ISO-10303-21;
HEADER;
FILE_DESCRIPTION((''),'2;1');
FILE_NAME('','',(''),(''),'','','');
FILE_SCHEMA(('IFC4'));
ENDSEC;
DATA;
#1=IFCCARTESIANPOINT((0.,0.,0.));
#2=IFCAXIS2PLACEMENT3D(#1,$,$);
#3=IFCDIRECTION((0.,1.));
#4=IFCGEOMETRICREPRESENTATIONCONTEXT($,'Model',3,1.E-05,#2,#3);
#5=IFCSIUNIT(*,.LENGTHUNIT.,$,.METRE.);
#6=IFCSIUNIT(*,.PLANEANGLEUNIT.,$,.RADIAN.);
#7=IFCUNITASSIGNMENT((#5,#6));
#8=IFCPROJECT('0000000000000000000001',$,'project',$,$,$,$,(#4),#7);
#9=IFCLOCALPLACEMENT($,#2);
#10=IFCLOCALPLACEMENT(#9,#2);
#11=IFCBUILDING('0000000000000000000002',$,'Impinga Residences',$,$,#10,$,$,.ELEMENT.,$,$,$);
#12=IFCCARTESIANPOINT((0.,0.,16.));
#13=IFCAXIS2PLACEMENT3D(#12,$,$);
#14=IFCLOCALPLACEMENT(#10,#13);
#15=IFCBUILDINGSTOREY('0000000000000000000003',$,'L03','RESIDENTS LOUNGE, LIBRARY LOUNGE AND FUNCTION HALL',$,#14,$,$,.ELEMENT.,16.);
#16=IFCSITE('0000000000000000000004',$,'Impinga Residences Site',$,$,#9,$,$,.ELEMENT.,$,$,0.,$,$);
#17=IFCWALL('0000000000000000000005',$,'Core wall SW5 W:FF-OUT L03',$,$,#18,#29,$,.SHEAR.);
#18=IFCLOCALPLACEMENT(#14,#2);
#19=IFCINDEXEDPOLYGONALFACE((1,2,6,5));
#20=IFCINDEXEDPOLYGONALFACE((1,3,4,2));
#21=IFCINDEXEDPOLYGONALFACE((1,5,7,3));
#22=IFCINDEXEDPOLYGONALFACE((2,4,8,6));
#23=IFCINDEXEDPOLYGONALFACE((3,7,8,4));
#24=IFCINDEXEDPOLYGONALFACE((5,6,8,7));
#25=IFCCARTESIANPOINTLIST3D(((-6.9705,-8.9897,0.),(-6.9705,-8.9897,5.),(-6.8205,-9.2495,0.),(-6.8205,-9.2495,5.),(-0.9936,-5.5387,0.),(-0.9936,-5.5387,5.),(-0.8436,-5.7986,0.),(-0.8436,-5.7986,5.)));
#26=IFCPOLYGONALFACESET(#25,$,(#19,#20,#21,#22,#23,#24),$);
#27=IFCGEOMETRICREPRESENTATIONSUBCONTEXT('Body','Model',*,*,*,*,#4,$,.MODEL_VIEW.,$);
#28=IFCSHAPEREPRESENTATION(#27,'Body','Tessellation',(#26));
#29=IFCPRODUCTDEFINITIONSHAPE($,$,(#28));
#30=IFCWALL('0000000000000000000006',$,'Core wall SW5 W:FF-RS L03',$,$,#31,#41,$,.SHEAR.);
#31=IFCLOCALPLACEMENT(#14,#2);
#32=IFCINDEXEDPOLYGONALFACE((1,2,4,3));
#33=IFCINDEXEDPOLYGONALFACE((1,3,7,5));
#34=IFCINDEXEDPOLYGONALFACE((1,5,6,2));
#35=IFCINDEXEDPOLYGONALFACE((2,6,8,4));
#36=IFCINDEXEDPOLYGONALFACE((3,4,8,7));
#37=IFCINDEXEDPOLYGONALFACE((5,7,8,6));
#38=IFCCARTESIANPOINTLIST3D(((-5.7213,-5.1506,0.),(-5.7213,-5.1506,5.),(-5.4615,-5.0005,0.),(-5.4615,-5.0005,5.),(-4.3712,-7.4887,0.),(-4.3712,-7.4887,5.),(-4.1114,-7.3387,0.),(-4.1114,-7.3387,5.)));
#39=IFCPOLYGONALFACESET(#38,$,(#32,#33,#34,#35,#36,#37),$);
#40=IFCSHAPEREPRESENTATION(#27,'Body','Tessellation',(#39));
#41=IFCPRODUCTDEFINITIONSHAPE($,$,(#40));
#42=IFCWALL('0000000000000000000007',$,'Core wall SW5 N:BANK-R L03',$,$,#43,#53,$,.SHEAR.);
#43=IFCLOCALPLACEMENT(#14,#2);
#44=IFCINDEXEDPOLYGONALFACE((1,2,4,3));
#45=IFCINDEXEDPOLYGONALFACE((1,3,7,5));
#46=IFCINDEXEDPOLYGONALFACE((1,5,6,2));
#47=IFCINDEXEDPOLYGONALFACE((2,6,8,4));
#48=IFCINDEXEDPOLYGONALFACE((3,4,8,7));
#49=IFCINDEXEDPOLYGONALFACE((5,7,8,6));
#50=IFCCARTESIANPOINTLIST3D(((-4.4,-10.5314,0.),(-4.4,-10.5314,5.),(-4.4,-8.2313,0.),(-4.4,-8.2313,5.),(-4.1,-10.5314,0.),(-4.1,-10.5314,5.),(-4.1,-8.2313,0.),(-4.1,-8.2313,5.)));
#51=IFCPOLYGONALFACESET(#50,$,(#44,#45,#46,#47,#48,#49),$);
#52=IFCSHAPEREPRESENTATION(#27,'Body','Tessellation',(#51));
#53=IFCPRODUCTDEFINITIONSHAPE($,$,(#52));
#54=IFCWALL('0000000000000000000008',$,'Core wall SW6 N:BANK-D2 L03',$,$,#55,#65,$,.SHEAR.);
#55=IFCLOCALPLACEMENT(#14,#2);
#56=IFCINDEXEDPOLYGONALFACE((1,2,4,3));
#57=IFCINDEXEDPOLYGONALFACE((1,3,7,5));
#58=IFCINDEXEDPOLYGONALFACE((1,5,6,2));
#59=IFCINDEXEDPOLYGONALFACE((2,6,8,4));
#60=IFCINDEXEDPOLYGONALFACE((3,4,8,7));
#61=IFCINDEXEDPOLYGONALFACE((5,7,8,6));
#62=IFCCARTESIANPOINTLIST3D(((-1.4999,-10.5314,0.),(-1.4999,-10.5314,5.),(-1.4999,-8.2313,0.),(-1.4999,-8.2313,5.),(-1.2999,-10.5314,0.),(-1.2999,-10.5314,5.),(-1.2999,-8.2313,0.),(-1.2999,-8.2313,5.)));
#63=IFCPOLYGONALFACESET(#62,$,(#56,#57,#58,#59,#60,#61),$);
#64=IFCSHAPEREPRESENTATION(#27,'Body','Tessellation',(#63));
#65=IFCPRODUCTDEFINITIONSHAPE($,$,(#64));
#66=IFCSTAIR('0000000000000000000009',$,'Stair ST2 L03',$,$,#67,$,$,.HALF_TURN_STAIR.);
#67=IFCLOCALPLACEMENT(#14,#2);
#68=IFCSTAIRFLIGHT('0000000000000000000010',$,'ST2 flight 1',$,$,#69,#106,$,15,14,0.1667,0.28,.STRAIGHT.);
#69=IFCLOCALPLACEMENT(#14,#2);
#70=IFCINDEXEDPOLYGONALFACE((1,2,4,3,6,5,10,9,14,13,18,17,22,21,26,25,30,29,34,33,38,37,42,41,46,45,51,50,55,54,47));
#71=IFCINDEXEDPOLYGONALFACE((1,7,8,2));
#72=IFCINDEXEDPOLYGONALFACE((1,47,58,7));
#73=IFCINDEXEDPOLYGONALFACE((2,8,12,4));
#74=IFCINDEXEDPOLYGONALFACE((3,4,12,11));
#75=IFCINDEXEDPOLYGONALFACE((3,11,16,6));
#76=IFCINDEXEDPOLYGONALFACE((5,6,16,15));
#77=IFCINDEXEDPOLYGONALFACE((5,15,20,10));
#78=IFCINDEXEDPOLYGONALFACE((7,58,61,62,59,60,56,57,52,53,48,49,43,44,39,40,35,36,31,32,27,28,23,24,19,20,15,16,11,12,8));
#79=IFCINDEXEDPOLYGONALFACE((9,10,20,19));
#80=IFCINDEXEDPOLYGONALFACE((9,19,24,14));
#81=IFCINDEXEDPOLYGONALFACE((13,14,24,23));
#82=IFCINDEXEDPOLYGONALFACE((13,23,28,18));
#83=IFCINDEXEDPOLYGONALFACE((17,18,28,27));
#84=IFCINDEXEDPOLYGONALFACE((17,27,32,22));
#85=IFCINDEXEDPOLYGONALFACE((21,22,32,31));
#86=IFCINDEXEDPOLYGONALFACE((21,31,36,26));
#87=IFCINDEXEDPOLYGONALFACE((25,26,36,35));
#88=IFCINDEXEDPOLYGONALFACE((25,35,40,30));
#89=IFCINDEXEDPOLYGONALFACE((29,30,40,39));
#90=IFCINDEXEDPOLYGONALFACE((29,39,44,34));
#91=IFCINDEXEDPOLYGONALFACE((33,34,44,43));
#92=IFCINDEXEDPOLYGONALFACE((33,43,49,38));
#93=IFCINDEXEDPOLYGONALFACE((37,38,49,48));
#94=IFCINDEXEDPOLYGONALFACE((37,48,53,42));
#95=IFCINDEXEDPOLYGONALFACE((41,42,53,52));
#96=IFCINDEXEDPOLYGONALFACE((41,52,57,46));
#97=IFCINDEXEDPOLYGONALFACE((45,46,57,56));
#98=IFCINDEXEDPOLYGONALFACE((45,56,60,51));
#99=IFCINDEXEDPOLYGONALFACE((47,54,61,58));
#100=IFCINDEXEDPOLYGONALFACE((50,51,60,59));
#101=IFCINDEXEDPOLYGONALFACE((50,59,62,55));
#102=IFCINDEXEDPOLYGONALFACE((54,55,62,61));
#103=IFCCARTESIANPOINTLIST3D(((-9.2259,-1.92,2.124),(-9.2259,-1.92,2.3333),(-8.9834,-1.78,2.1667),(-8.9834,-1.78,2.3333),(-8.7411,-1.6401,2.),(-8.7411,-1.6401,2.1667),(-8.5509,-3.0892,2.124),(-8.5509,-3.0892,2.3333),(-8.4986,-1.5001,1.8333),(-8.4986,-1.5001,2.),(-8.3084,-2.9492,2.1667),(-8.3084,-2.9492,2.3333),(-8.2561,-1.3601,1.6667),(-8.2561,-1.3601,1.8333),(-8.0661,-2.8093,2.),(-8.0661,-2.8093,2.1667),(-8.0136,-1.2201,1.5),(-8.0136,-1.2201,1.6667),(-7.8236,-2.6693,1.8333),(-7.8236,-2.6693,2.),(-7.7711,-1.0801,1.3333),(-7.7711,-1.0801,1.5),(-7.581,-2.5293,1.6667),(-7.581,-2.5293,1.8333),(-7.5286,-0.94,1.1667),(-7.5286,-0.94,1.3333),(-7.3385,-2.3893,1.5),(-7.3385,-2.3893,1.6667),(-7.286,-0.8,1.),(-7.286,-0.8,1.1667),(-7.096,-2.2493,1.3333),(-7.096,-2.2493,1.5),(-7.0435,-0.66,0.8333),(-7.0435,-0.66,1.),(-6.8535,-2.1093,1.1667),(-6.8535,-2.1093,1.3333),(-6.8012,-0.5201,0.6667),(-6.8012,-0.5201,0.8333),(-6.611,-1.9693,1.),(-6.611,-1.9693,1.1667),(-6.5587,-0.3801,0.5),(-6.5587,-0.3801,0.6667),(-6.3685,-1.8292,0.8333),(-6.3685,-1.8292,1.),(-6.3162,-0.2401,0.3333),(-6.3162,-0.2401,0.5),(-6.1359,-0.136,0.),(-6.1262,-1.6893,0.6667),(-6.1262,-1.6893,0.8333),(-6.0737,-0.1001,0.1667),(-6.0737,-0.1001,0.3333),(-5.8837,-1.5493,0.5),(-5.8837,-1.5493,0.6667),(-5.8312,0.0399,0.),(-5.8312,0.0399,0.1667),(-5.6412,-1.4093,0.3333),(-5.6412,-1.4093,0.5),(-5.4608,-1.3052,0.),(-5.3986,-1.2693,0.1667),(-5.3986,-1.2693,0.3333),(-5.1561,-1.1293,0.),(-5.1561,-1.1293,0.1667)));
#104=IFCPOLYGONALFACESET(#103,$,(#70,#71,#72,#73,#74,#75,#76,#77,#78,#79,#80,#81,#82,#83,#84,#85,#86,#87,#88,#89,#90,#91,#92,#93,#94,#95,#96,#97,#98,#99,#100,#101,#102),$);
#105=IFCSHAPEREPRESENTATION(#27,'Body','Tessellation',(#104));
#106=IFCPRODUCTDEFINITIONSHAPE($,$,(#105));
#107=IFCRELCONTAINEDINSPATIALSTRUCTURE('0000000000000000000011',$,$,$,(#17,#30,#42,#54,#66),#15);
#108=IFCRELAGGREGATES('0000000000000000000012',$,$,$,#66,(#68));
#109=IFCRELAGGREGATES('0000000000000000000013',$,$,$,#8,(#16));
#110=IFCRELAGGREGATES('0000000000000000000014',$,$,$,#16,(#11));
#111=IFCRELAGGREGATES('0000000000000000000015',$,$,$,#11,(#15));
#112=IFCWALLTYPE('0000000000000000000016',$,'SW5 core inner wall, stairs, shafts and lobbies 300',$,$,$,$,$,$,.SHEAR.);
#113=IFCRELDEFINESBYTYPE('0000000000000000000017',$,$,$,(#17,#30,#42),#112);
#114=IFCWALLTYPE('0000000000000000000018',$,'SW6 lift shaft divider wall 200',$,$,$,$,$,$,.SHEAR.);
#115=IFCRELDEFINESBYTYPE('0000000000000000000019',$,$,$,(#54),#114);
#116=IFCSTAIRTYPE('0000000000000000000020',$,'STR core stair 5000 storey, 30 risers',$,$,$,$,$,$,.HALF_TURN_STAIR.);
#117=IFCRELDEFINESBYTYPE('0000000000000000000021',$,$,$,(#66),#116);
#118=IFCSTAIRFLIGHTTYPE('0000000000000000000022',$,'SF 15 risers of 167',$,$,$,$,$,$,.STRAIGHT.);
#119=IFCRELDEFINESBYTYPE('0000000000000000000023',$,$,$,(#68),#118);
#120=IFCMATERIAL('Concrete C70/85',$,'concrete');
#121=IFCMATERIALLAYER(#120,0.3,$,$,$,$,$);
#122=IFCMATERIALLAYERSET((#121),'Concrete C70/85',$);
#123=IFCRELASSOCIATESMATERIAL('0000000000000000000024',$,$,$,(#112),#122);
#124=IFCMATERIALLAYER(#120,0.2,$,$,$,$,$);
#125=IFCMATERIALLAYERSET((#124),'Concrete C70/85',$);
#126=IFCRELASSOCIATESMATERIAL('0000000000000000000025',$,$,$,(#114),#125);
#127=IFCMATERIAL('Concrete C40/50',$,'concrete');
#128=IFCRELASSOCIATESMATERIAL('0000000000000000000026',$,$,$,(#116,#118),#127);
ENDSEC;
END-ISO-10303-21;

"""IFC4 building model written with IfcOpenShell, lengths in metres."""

from ifc_helpers import new_model, si_unit, direction, frame, frame_2d, origin, place, context, subcontext, project, spatial, polyline, rectangle, outline, extrude, material, layer, layer_set, type_object, element, aggregate, save


model = new_model("IFC4")

# Units and contexts
model_context = context("Model", 3, precision=1e-05, world=origin(), true_north=direction((0.0, 1.0)))
body_context = subcontext(model_context, "Body", "Model", "MODEL_VIEW")
ifc_project = project(units=[si_unit("LENGTHUNIT", "METRE"), si_unit("PLANEANGLEUNIT", "RADIAN")], contexts=[model_context])

# Site, building, storey
site_placement = place(None, origin())
site = spatial("IfcSite", under=ifc_project, at=site_placement, Name="Impinga Residences Site", CompositionType="ELEMENT", RefElevation=0.0)
building_placement = place(site_placement, origin())
building = spatial("IfcBuilding", under=site, at=building_placement, Name="Impinga Residences", CompositionType="ELEMENT")
storey_placement = place(building_placement, frame((0.0, 0.0, 16.0)))
storey = spatial("IfcBuildingStorey", under=building, at=storey_placement, Name="L03", Description="RESIDENTS LOUNGE, LIBRARY LOUNGE AND FUNCTION HALL", CompositionType="ELEMENT", Elevation=16.0)

# Shared definitions
ifc_material_1 = material(Name="Concrete C70/85", Category="concrete")

# Shared definitions
ifc_layer_1 = layer(ifc_material_1, 0.3)
ifc_layer_set_1 = layer_set([ifc_layer_1], Name="Concrete C70/85")
wall_type_1 = type_object("IfcWallType", Name="SW5 core inner wall, stairs, shafts and lobbies 300", PredefinedType="SHEAR", material=ifc_layer_set_1)

# Walls
wall_1_placement = place(storey_placement, frame((-0.9187, -5.6687, 0.0), z_axis=(0.0, 0.0, 1.0), x_axis=(-0.866012, -0.500024, 0.0)))
element("IfcWall", 1, at=wall_1_placement, inside=storey, type_object=wall_type_1, Name="Core wall SW5 W:FF-OUT L03", PredefinedType="SHEAR", context=body_context, shape_type="SweptSolid", body=[
    extrude(rectangle(XDim=6.9016, YDim=0.3, at=frame_2d((3.4507, 0.0))), origin(), (0.0, 0.0, 1.0), 5.0),
])
wall_2_placement = place(storey_placement, frame((-4.2412, -7.4138, 0.0), z_axis=(0.0, 0.0, 1.0), x_axis=(-0.500049, 0.865997, 0.0)))
element("IfcWall", 2, at=wall_2_placement, inside=storey, type_object=wall_type_1, Name="Core wall SW5 W:FF-RS L03", PredefinedType="SHEAR", context=body_context, shape_type="SweptSolid", body=[
    extrude(rectangle(XDim=2.7, YDim=0.3, at=frame_2d((1.3501, 0.0))), origin(), (0.0, 0.0, 1.0), 5.0),
])
wall_3_placement = place(storey_placement, frame((-4.25, -8.2314, 0.0), z_axis=(0.0, 0.0, 1.0), x_axis=(0.0, -1.0, 0.0)))
element("IfcWall", 3, at=wall_3_placement, inside=storey, type_object=wall_type_1, Name="Core wall SW5 N:BANK-R L03", PredefinedType="SHEAR", context=body_context, shape_type="SweptSolid", body=[
    extrude(rectangle(XDim=2.3, YDim=0.3, at=frame_2d((1.1499, 0.0))), origin(), (0.0, 0.0, 1.0), 5.0),
])
ifc_layer_2 = layer(ifc_material_1, 0.2)
ifc_layer_set_2 = layer_set([ifc_layer_2], Name="Concrete C70/85")
wall_type_2 = type_object("IfcWallType", Name="SW6 lift shaft divider wall 200", PredefinedType="SHEAR", material=ifc_layer_set_2)
wall_4_placement = place(storey_placement, frame((-1.3999, -8.2314, 0.0), z_axis=(0.0, 0.0, 1.0), x_axis=(0.0, -1.0, 0.0)))
element("IfcWall", 4, at=wall_4_placement, inside=storey, type_object=wall_type_2, Name="Core wall SW6 N:BANK-D2 L03", PredefinedType="SHEAR", context=body_context, shape_type="SweptSolid", body=[
    extrude(rectangle(XDim=2.3, YDim=0.2, at=frame_2d((1.1499, 0.0))), origin(), (0.0, 0.0, 1.0), 5.0),
])

# Stair, stair flight
ifc_material_2 = material(Name="Concrete C40/50", Category="concrete")
stair_type = type_object("IfcStairType", Name="STR core stair 5000 storey, 30 risers", PredefinedType="HALF_TURN_STAIR", material=ifc_material_2)
stair_placement = place(storey_placement, origin())
stair = element("IfcStair", 5, at=stair_placement, inside=storey, type_object=stair_type, Name="Stair ST2 L03", PredefinedType="HALF_TURN_STAIR")
stair_flight_type = type_object("IfcStairFlightType", Name="SF 15 risers of 167", PredefinedType="STRAIGHT", material=ifc_material_2)
stair_flight_placement = place(storey_placement, frame((-5.4937, -0.5447, 0.0), z_axis=(0.0, 0.0, 1.0), x_axis=(-0.866025, -0.5, 0.0)))
stair_flight = element("IfcStairFlight", 6, at=stair_flight_placement, type_object=stair_flight_type, Name="ST2 flight 1", NumberOfRisers=15, NumberOfTreads=14, PredefinedType="STRAIGHT", RiserHeight=0.1667, TreadLength=0.28, context=body_context, shape_type="SweptSolid", body=[
    extrude(outline(polyline([(0.0, 0.0), (0.0, 0.1667), (0.28, 0.1667), (0.28, 0.3333), (0.5601, 0.3333), (0.5601, 0.5), (0.8401, 0.5), (0.8401, 0.6667), (1.1201, 0.6667), (1.1201, 0.8333), (1.3999, 0.8333), (1.3999, 1.0), (1.6799, 1.0), (1.6799, 1.1667), (1.96, 1.1667), (1.96, 1.3333), (2.24, 1.3333), (2.24, 1.5), (2.52, 1.5), (2.52, 1.6667), (2.8, 1.6667), (2.8, 1.8333), (3.0801, 1.8333), (3.0801, 2.0), (3.3601, 2.0), (3.3601, 2.1667), (3.6399, 2.1667), (3.6399, 2.3333), (3.9199, 2.3333), (3.9199, 2.5), (3.9199, 2.124), (0.3518, 0.0), (0.0, 0.0)])), frame((0.0, 0.675, 0.0), z_axis=(0.0, -1.0, 0.0), x_axis=(1.0, 0.0, 0.0)), (0.0, 0.0, 1.0), 1.3501),
])
aggregate(stair, [stair_flight])

save(model, "model.ifc")
